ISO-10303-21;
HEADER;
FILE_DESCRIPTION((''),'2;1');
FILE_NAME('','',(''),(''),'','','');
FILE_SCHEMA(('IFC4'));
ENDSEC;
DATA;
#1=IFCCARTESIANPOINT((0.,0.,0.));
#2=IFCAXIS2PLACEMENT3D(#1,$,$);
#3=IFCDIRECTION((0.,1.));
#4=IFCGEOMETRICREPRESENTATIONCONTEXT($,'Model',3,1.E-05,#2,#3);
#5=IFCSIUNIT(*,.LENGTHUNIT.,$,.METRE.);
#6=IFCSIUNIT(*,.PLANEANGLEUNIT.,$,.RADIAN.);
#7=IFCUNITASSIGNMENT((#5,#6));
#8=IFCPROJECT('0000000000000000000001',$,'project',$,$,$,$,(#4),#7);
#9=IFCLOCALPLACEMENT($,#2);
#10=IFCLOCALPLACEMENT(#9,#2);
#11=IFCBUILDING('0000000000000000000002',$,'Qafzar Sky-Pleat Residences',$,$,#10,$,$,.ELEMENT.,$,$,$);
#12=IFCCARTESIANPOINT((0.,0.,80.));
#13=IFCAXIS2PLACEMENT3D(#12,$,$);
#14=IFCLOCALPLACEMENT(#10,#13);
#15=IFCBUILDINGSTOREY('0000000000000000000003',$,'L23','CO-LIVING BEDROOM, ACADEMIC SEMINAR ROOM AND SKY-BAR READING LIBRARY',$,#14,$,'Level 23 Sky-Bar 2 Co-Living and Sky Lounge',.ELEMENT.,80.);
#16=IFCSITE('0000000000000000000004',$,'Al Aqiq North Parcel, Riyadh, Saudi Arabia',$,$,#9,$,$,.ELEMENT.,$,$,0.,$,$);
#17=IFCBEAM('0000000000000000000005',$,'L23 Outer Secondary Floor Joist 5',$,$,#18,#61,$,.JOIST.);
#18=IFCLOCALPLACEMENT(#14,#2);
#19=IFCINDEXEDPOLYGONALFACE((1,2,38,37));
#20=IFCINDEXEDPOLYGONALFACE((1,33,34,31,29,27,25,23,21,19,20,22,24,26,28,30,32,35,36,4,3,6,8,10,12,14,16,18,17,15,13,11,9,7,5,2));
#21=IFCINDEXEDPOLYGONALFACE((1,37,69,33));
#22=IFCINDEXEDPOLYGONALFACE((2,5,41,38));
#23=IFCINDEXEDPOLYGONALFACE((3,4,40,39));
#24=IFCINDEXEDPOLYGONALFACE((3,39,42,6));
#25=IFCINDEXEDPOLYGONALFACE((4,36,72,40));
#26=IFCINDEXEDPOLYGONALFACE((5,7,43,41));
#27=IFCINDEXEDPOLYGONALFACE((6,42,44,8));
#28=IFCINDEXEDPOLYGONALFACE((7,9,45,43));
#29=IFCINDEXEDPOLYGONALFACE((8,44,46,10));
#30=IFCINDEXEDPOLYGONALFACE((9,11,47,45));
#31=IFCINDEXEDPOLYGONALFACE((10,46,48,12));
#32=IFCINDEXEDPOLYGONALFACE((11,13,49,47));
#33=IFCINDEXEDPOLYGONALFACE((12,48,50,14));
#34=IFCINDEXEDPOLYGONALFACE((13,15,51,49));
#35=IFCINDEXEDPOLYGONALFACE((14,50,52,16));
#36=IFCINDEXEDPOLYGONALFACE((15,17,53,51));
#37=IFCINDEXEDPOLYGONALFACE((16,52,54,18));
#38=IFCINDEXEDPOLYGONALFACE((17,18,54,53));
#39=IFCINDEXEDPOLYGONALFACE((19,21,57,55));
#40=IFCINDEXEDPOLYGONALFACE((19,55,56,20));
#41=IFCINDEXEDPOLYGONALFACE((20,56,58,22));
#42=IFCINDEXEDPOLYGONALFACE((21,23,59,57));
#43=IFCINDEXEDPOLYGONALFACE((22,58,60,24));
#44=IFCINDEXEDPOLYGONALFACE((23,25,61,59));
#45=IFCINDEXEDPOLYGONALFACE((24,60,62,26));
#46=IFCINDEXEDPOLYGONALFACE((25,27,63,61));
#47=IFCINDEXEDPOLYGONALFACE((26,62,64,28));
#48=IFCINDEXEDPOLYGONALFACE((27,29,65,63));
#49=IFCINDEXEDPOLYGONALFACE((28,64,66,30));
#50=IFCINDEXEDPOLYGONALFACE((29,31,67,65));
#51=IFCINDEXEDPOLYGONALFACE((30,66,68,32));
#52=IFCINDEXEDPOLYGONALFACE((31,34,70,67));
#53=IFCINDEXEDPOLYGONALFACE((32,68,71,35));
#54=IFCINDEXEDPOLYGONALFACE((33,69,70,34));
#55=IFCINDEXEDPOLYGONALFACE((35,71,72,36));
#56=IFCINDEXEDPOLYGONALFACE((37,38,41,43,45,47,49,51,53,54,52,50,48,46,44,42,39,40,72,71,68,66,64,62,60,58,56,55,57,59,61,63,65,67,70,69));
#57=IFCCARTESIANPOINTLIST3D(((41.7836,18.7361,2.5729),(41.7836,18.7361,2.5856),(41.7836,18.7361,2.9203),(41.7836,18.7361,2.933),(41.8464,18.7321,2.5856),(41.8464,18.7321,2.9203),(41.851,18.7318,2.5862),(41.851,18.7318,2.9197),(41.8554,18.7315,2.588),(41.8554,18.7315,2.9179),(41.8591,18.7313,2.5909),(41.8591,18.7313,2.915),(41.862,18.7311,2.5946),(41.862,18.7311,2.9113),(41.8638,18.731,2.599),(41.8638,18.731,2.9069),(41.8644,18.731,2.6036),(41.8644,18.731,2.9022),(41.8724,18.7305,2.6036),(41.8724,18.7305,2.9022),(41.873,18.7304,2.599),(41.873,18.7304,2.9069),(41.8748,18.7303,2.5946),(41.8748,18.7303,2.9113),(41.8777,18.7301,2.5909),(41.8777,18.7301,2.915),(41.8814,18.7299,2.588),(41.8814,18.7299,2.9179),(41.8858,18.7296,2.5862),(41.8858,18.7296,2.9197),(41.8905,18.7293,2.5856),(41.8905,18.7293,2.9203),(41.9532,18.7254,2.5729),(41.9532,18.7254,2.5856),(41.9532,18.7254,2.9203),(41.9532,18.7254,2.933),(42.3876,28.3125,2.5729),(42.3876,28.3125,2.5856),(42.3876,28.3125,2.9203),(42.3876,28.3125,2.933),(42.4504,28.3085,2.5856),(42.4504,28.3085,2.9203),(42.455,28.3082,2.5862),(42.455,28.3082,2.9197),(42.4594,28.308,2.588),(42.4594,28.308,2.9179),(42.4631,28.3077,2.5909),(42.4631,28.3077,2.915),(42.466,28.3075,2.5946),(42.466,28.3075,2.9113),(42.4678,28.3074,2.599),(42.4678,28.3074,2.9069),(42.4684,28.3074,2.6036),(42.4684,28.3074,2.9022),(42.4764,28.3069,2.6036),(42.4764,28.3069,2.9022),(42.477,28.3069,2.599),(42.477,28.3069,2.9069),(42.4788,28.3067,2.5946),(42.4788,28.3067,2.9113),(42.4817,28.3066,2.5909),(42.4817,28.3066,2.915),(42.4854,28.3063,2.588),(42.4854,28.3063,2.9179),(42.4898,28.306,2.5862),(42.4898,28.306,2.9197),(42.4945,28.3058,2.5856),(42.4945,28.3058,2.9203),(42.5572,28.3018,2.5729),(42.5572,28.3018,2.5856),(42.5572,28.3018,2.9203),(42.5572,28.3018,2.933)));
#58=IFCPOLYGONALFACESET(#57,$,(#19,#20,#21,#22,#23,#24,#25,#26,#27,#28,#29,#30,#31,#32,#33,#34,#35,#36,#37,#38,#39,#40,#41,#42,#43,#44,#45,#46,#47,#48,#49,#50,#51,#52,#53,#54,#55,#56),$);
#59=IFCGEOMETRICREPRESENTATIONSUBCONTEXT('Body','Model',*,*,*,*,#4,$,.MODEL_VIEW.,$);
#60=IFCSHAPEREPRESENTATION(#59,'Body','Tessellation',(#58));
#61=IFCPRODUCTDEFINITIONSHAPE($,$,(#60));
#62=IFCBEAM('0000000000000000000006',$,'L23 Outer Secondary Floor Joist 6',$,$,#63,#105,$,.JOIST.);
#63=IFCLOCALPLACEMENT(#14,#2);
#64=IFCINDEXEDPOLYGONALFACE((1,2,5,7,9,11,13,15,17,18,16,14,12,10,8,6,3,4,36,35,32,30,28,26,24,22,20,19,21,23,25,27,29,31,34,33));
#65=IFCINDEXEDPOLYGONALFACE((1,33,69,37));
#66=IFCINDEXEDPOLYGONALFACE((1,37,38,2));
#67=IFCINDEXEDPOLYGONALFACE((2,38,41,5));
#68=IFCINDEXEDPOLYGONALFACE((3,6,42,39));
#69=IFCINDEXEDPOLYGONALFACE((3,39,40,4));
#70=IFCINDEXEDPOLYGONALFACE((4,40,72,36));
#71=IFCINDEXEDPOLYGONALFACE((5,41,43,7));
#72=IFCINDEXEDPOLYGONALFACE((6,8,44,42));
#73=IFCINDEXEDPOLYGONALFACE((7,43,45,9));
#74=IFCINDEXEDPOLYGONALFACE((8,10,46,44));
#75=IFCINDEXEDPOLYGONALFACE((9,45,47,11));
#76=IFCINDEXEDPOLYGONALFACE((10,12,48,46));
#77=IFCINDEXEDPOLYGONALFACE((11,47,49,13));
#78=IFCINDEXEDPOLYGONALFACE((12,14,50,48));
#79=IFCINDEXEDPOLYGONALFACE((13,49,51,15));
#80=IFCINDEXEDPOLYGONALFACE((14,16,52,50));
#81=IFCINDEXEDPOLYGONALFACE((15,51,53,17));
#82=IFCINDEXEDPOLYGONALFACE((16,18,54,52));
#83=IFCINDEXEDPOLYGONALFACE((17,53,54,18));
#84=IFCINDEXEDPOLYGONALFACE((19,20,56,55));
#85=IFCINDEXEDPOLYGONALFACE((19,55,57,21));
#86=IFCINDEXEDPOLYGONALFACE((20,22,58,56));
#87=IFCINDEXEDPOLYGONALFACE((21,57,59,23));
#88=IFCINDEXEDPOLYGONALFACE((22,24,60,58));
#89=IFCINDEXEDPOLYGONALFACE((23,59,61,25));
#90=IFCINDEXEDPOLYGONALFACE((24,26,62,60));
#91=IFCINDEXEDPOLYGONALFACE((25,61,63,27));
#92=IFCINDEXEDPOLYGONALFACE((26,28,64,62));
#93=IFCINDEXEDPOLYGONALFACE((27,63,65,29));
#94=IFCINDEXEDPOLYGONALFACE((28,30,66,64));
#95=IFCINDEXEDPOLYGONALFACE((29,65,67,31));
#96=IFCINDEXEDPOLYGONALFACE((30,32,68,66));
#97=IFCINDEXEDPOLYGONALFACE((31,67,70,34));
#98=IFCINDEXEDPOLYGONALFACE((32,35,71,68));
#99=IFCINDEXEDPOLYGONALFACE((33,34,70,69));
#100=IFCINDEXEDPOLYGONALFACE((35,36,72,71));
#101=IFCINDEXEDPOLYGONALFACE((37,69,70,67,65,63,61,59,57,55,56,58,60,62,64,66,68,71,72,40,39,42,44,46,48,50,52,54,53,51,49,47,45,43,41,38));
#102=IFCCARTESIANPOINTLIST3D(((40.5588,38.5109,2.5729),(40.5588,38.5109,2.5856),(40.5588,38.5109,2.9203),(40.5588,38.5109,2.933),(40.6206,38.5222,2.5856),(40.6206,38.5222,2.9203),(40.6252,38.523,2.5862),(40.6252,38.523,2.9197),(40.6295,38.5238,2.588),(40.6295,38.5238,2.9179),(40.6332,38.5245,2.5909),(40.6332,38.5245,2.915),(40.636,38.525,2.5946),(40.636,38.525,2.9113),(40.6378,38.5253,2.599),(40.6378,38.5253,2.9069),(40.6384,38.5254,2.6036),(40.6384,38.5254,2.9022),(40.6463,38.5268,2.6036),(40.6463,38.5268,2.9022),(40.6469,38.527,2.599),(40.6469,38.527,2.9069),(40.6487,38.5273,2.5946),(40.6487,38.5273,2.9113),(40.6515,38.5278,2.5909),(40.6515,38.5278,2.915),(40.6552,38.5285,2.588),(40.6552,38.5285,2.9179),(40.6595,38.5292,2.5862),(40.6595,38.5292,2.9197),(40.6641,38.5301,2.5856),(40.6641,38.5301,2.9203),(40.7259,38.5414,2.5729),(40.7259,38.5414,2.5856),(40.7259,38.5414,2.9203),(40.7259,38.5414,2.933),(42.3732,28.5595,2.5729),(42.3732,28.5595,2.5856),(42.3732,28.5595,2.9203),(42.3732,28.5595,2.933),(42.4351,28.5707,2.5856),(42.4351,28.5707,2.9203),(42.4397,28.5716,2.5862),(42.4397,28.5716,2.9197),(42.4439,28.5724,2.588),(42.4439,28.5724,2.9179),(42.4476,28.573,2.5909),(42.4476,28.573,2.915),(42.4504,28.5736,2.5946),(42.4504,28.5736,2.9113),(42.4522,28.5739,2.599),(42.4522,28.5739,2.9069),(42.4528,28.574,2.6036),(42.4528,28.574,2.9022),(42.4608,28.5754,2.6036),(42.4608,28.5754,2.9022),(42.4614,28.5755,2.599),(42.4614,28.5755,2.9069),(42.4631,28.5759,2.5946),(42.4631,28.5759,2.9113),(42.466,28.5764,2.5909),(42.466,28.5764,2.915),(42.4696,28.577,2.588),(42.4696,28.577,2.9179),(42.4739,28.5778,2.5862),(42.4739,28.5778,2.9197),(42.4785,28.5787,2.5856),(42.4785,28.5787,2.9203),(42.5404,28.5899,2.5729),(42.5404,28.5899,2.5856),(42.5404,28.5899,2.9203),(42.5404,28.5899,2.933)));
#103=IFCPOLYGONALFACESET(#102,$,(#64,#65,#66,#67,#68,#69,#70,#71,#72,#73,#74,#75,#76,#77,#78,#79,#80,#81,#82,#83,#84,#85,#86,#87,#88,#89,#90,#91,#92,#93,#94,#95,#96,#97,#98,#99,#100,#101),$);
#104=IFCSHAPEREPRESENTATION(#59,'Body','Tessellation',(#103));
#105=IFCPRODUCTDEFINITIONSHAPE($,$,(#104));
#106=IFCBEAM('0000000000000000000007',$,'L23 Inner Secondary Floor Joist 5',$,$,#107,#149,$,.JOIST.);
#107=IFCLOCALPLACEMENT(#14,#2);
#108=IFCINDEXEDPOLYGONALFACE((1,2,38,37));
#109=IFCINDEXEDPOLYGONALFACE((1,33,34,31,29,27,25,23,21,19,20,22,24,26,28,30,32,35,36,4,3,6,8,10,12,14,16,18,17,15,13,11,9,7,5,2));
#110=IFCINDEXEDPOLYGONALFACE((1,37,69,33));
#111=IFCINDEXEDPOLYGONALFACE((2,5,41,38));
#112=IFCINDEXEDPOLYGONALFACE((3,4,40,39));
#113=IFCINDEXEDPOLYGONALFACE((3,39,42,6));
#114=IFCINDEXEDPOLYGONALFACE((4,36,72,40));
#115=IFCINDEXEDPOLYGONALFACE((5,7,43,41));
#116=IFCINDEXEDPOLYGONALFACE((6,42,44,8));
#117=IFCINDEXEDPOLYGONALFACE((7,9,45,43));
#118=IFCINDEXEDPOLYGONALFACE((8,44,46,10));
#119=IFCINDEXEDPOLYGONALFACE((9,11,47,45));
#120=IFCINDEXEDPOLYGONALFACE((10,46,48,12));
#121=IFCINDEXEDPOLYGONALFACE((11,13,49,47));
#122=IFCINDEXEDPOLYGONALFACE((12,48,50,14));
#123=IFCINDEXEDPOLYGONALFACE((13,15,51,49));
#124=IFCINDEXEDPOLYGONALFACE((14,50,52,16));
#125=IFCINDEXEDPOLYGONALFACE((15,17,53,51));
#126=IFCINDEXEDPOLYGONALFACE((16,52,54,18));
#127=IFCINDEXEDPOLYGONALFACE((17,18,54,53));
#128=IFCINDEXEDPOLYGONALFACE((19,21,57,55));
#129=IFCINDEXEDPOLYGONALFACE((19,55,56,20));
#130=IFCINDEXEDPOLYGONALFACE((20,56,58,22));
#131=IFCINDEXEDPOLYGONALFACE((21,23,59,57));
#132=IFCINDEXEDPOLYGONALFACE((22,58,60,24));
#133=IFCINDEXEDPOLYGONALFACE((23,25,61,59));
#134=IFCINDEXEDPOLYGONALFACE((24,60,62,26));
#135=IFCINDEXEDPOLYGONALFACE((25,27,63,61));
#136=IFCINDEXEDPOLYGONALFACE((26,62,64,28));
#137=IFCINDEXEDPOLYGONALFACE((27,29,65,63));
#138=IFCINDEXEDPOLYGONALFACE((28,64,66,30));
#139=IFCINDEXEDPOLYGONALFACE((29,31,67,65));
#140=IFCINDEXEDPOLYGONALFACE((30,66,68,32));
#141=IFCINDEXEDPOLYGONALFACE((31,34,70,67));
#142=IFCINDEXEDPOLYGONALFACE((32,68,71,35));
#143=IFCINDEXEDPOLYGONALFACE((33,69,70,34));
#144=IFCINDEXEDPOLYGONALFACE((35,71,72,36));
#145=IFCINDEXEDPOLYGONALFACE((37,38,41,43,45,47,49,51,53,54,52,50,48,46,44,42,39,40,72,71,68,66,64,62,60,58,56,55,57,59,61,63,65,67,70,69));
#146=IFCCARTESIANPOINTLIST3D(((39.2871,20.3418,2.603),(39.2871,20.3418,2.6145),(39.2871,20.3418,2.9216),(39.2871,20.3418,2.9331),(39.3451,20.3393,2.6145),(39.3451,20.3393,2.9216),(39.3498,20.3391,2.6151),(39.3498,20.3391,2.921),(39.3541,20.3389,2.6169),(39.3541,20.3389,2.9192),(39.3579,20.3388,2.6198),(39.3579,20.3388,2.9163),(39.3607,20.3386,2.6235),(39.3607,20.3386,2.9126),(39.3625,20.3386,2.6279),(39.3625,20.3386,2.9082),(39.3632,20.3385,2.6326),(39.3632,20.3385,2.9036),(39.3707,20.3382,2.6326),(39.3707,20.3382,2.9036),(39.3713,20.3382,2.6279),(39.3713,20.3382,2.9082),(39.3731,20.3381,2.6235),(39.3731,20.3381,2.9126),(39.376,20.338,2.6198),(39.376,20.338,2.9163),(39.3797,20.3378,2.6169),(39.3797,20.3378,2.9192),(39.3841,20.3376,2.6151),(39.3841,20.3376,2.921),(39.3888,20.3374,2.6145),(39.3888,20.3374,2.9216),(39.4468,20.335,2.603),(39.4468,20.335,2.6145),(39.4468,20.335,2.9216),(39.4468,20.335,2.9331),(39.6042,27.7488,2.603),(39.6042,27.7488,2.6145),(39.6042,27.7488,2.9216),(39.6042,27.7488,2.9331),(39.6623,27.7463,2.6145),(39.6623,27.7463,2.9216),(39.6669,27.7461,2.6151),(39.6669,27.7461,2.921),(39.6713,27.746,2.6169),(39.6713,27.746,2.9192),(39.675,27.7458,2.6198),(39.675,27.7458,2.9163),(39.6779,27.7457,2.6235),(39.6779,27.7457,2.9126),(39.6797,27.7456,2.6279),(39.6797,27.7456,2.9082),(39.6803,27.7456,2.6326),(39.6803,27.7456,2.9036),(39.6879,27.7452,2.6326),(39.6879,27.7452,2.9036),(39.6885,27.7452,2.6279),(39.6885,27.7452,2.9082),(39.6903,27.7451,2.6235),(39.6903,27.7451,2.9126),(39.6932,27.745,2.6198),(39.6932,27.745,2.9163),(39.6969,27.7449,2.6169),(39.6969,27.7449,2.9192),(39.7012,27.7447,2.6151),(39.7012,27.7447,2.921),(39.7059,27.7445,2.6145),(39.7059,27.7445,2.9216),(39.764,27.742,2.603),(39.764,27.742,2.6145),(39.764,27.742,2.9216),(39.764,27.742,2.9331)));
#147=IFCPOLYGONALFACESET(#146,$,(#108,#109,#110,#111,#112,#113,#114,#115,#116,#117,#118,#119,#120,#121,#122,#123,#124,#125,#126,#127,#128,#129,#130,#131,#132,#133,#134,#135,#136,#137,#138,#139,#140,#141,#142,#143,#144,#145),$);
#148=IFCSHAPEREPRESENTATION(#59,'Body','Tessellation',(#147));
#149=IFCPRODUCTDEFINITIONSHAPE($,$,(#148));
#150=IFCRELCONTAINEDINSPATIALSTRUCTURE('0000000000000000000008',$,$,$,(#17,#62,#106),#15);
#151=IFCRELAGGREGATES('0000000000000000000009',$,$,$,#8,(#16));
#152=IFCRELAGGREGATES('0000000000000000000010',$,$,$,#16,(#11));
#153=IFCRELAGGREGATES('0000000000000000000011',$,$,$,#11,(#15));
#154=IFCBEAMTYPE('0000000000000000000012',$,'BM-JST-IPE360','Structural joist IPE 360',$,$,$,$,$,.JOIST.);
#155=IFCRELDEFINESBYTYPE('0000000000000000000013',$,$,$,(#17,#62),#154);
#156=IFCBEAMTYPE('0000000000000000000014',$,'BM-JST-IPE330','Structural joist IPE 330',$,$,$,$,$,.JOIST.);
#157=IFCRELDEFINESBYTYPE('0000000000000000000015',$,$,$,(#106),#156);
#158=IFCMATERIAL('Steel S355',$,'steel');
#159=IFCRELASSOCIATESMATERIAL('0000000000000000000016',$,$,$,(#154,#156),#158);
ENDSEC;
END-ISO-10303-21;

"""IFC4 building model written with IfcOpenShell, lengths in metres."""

from ifc_helpers import new_model, si_unit, direction, frame, origin, origin_2d, place, context, subcontext, project, spatial, i_section, extrude, source, transform, mapped, material, material_profile, profile_set, type_object, element, save


model = new_model("IFC4")

# Units and contexts
model_context = context("Model", 3, precision=1e-05, world=origin(), true_north=direction((0.0, 1.0)))
body_context = subcontext(model_context, "Body", "Model", "MODEL_VIEW")
ifc_project = project(units=[si_unit("LENGTHUNIT", "METRE"), si_unit("PLANEANGLEUNIT", "RADIAN")], contexts=[model_context])

# Site, building, storey
site_placement = place(None, origin())
site = spatial("IfcSite", under=ifc_project, at=site_placement, Name="Al Aqiq North Parcel, Riyadh, Saudi Arabia", CompositionType="ELEMENT", RefElevation=0.0)
building_placement = place(site_placement, origin())
building = spatial("IfcBuilding", under=site, at=building_placement, Name="Qafzar Sky-Pleat Residences", CompositionType="ELEMENT")
storey_placement = place(building_placement, frame((0.0, 0.0, 80.0)))
storey = spatial("IfcBuildingStorey", under=building, at=storey_placement, Name="L23", Description="CO-LIVING BEDROOM, ACADEMIC SEMINAR ROOM AND SKY-BAR READING LIBRARY", LongName="Level 23 Sky-Bar 2 Co-Living and Sky Lounge", CompositionType="ELEMENT", Elevation=80.0)

# Beams
ifc_material_1 = material(Name="Steel S355", Category="steel")
ifc_material_profile_1 = material_profile(ifc_material_1, i_section(OverallWidth=0.1699, OverallDepth=0.3601, WebThickness=0.0081, FlangeThickness=0.0127, FilletRadius=0.0181, at=origin_2d()), Name="IPE 360")
ifc_profile_set_1 = profile_set([ifc_material_profile_1], Name="Steel S355")
beam_type_1 = type_object("IfcBeamType", Name="BM-JST-IPE360", Description="Structural joist IPE 360", PredefinedType="JOIST", material=ifc_profile_set_1)
shared_shape_1 = source(origin(), body_context, "Body", "SweptSolid", [
    extrude(i_section(OverallWidth=0.1699, OverallDepth=0.3601, WebThickness=0.0081, FlangeThickness=0.0127, FilletRadius=0.0181, at=origin_2d()), origin(), (0.0, 0.0, 1.0), 9.5955),
])
beam_1_placement = place(storey_placement, frame((41.8684, 18.7307, 2.7529), z_axis=(0.062947, 0.998017, 0.0), x_axis=(-0.998017, 0.062947, 0.0)))
element("IfcBeam", 1, at=beam_1_placement, inside=storey, type_object=beam_type_1, Name="L23 Outer Secondary Floor Joist 5", PredefinedType="JOIST", context=body_context, shape_type="MappedRepresentation", body=[
    mapped(shared_shape_1, transform((0.0, 0.0, 0.0), x_axis=(1.0, 0.0, 0.0), y_axis=(0.0, 1.0, 0.0), z_axis=(0.0, 0.0, 1.0), scale=1.0)),
])
shared_shape_2 = source(origin(), body_context, "Body", "SweptSolid", [
    extrude(i_section(OverallWidth=0.1699, OverallDepth=0.3601, WebThickness=0.0081, FlangeThickness=0.0127, FilletRadius=0.0181, at=origin_2d()), origin(), (0.0, 0.0, 1.0), 10.1155),
])
beam_2_placement = place(storey_placement, frame((42.4568, 28.5747, 2.7529), z_axis=(-0.179374, 0.983781, 0.0), x_axis=(-0.983781, -0.179374, 0.0)))
element("IfcBeam", 2, at=beam_2_placement, inside=storey, type_object=beam_type_1, Name="L23 Outer Secondary Floor Joist 6", PredefinedType="JOIST", context=body_context, shape_type="MappedRepresentation", body=[
    mapped(shared_shape_2, transform((0.0, 0.0, 0.0), x_axis=(1.0, 0.0, 0.0), y_axis=(0.0, 1.0, 0.0), z_axis=(0.0, 0.0, 1.0), scale=1.0)),
])
ifc_material_profile_2 = material_profile(ifc_material_1, i_section(OverallWidth=0.1599, OverallDepth=0.3301, WebThickness=0.0076, FlangeThickness=0.0115, FilletRadius=0.0181, at=origin_2d()), Name="IPE 330")
ifc_profile_set_2 = profile_set([ifc_material_profile_2], Name="Steel S355")
beam_type_2 = type_object("IfcBeamType", Name="BM-JST-IPE330", Description="Structural joist IPE 330", PredefinedType="JOIST", material=ifc_profile_set_2)
shared_shape_3 = source(origin(), body_context, "Body", "SweptSolid", [
    extrude(i_section(OverallWidth=0.1599, OverallDepth=0.3301, WebThickness=0.0076, FlangeThickness=0.0115, FilletRadius=0.0181, at=origin_2d()), origin(), (0.0, 0.0, 1.0), 7.4138),
])
beam_3_placement = place(storey_placement, frame((39.3669, 20.3384, 2.7681), z_axis=(0.042777, 0.999085, 0.0), x_axis=(-0.999085, 0.042777, 0.0)))
element("IfcBeam", 3, at=beam_3_placement, inside=storey, type_object=beam_type_2, Name="L23 Inner Secondary Floor Joist 5", PredefinedType="JOIST", context=body_context, shape_type="MappedRepresentation", body=[
    mapped(shared_shape_3, transform((0.0, 0.0, 0.0), x_axis=(1.0, 0.0, 0.0), y_axis=(0.0, 1.0, 0.0), z_axis=(0.0, 0.0, 1.0), scale=1.0)),
])

save(model, "model.ifc")
